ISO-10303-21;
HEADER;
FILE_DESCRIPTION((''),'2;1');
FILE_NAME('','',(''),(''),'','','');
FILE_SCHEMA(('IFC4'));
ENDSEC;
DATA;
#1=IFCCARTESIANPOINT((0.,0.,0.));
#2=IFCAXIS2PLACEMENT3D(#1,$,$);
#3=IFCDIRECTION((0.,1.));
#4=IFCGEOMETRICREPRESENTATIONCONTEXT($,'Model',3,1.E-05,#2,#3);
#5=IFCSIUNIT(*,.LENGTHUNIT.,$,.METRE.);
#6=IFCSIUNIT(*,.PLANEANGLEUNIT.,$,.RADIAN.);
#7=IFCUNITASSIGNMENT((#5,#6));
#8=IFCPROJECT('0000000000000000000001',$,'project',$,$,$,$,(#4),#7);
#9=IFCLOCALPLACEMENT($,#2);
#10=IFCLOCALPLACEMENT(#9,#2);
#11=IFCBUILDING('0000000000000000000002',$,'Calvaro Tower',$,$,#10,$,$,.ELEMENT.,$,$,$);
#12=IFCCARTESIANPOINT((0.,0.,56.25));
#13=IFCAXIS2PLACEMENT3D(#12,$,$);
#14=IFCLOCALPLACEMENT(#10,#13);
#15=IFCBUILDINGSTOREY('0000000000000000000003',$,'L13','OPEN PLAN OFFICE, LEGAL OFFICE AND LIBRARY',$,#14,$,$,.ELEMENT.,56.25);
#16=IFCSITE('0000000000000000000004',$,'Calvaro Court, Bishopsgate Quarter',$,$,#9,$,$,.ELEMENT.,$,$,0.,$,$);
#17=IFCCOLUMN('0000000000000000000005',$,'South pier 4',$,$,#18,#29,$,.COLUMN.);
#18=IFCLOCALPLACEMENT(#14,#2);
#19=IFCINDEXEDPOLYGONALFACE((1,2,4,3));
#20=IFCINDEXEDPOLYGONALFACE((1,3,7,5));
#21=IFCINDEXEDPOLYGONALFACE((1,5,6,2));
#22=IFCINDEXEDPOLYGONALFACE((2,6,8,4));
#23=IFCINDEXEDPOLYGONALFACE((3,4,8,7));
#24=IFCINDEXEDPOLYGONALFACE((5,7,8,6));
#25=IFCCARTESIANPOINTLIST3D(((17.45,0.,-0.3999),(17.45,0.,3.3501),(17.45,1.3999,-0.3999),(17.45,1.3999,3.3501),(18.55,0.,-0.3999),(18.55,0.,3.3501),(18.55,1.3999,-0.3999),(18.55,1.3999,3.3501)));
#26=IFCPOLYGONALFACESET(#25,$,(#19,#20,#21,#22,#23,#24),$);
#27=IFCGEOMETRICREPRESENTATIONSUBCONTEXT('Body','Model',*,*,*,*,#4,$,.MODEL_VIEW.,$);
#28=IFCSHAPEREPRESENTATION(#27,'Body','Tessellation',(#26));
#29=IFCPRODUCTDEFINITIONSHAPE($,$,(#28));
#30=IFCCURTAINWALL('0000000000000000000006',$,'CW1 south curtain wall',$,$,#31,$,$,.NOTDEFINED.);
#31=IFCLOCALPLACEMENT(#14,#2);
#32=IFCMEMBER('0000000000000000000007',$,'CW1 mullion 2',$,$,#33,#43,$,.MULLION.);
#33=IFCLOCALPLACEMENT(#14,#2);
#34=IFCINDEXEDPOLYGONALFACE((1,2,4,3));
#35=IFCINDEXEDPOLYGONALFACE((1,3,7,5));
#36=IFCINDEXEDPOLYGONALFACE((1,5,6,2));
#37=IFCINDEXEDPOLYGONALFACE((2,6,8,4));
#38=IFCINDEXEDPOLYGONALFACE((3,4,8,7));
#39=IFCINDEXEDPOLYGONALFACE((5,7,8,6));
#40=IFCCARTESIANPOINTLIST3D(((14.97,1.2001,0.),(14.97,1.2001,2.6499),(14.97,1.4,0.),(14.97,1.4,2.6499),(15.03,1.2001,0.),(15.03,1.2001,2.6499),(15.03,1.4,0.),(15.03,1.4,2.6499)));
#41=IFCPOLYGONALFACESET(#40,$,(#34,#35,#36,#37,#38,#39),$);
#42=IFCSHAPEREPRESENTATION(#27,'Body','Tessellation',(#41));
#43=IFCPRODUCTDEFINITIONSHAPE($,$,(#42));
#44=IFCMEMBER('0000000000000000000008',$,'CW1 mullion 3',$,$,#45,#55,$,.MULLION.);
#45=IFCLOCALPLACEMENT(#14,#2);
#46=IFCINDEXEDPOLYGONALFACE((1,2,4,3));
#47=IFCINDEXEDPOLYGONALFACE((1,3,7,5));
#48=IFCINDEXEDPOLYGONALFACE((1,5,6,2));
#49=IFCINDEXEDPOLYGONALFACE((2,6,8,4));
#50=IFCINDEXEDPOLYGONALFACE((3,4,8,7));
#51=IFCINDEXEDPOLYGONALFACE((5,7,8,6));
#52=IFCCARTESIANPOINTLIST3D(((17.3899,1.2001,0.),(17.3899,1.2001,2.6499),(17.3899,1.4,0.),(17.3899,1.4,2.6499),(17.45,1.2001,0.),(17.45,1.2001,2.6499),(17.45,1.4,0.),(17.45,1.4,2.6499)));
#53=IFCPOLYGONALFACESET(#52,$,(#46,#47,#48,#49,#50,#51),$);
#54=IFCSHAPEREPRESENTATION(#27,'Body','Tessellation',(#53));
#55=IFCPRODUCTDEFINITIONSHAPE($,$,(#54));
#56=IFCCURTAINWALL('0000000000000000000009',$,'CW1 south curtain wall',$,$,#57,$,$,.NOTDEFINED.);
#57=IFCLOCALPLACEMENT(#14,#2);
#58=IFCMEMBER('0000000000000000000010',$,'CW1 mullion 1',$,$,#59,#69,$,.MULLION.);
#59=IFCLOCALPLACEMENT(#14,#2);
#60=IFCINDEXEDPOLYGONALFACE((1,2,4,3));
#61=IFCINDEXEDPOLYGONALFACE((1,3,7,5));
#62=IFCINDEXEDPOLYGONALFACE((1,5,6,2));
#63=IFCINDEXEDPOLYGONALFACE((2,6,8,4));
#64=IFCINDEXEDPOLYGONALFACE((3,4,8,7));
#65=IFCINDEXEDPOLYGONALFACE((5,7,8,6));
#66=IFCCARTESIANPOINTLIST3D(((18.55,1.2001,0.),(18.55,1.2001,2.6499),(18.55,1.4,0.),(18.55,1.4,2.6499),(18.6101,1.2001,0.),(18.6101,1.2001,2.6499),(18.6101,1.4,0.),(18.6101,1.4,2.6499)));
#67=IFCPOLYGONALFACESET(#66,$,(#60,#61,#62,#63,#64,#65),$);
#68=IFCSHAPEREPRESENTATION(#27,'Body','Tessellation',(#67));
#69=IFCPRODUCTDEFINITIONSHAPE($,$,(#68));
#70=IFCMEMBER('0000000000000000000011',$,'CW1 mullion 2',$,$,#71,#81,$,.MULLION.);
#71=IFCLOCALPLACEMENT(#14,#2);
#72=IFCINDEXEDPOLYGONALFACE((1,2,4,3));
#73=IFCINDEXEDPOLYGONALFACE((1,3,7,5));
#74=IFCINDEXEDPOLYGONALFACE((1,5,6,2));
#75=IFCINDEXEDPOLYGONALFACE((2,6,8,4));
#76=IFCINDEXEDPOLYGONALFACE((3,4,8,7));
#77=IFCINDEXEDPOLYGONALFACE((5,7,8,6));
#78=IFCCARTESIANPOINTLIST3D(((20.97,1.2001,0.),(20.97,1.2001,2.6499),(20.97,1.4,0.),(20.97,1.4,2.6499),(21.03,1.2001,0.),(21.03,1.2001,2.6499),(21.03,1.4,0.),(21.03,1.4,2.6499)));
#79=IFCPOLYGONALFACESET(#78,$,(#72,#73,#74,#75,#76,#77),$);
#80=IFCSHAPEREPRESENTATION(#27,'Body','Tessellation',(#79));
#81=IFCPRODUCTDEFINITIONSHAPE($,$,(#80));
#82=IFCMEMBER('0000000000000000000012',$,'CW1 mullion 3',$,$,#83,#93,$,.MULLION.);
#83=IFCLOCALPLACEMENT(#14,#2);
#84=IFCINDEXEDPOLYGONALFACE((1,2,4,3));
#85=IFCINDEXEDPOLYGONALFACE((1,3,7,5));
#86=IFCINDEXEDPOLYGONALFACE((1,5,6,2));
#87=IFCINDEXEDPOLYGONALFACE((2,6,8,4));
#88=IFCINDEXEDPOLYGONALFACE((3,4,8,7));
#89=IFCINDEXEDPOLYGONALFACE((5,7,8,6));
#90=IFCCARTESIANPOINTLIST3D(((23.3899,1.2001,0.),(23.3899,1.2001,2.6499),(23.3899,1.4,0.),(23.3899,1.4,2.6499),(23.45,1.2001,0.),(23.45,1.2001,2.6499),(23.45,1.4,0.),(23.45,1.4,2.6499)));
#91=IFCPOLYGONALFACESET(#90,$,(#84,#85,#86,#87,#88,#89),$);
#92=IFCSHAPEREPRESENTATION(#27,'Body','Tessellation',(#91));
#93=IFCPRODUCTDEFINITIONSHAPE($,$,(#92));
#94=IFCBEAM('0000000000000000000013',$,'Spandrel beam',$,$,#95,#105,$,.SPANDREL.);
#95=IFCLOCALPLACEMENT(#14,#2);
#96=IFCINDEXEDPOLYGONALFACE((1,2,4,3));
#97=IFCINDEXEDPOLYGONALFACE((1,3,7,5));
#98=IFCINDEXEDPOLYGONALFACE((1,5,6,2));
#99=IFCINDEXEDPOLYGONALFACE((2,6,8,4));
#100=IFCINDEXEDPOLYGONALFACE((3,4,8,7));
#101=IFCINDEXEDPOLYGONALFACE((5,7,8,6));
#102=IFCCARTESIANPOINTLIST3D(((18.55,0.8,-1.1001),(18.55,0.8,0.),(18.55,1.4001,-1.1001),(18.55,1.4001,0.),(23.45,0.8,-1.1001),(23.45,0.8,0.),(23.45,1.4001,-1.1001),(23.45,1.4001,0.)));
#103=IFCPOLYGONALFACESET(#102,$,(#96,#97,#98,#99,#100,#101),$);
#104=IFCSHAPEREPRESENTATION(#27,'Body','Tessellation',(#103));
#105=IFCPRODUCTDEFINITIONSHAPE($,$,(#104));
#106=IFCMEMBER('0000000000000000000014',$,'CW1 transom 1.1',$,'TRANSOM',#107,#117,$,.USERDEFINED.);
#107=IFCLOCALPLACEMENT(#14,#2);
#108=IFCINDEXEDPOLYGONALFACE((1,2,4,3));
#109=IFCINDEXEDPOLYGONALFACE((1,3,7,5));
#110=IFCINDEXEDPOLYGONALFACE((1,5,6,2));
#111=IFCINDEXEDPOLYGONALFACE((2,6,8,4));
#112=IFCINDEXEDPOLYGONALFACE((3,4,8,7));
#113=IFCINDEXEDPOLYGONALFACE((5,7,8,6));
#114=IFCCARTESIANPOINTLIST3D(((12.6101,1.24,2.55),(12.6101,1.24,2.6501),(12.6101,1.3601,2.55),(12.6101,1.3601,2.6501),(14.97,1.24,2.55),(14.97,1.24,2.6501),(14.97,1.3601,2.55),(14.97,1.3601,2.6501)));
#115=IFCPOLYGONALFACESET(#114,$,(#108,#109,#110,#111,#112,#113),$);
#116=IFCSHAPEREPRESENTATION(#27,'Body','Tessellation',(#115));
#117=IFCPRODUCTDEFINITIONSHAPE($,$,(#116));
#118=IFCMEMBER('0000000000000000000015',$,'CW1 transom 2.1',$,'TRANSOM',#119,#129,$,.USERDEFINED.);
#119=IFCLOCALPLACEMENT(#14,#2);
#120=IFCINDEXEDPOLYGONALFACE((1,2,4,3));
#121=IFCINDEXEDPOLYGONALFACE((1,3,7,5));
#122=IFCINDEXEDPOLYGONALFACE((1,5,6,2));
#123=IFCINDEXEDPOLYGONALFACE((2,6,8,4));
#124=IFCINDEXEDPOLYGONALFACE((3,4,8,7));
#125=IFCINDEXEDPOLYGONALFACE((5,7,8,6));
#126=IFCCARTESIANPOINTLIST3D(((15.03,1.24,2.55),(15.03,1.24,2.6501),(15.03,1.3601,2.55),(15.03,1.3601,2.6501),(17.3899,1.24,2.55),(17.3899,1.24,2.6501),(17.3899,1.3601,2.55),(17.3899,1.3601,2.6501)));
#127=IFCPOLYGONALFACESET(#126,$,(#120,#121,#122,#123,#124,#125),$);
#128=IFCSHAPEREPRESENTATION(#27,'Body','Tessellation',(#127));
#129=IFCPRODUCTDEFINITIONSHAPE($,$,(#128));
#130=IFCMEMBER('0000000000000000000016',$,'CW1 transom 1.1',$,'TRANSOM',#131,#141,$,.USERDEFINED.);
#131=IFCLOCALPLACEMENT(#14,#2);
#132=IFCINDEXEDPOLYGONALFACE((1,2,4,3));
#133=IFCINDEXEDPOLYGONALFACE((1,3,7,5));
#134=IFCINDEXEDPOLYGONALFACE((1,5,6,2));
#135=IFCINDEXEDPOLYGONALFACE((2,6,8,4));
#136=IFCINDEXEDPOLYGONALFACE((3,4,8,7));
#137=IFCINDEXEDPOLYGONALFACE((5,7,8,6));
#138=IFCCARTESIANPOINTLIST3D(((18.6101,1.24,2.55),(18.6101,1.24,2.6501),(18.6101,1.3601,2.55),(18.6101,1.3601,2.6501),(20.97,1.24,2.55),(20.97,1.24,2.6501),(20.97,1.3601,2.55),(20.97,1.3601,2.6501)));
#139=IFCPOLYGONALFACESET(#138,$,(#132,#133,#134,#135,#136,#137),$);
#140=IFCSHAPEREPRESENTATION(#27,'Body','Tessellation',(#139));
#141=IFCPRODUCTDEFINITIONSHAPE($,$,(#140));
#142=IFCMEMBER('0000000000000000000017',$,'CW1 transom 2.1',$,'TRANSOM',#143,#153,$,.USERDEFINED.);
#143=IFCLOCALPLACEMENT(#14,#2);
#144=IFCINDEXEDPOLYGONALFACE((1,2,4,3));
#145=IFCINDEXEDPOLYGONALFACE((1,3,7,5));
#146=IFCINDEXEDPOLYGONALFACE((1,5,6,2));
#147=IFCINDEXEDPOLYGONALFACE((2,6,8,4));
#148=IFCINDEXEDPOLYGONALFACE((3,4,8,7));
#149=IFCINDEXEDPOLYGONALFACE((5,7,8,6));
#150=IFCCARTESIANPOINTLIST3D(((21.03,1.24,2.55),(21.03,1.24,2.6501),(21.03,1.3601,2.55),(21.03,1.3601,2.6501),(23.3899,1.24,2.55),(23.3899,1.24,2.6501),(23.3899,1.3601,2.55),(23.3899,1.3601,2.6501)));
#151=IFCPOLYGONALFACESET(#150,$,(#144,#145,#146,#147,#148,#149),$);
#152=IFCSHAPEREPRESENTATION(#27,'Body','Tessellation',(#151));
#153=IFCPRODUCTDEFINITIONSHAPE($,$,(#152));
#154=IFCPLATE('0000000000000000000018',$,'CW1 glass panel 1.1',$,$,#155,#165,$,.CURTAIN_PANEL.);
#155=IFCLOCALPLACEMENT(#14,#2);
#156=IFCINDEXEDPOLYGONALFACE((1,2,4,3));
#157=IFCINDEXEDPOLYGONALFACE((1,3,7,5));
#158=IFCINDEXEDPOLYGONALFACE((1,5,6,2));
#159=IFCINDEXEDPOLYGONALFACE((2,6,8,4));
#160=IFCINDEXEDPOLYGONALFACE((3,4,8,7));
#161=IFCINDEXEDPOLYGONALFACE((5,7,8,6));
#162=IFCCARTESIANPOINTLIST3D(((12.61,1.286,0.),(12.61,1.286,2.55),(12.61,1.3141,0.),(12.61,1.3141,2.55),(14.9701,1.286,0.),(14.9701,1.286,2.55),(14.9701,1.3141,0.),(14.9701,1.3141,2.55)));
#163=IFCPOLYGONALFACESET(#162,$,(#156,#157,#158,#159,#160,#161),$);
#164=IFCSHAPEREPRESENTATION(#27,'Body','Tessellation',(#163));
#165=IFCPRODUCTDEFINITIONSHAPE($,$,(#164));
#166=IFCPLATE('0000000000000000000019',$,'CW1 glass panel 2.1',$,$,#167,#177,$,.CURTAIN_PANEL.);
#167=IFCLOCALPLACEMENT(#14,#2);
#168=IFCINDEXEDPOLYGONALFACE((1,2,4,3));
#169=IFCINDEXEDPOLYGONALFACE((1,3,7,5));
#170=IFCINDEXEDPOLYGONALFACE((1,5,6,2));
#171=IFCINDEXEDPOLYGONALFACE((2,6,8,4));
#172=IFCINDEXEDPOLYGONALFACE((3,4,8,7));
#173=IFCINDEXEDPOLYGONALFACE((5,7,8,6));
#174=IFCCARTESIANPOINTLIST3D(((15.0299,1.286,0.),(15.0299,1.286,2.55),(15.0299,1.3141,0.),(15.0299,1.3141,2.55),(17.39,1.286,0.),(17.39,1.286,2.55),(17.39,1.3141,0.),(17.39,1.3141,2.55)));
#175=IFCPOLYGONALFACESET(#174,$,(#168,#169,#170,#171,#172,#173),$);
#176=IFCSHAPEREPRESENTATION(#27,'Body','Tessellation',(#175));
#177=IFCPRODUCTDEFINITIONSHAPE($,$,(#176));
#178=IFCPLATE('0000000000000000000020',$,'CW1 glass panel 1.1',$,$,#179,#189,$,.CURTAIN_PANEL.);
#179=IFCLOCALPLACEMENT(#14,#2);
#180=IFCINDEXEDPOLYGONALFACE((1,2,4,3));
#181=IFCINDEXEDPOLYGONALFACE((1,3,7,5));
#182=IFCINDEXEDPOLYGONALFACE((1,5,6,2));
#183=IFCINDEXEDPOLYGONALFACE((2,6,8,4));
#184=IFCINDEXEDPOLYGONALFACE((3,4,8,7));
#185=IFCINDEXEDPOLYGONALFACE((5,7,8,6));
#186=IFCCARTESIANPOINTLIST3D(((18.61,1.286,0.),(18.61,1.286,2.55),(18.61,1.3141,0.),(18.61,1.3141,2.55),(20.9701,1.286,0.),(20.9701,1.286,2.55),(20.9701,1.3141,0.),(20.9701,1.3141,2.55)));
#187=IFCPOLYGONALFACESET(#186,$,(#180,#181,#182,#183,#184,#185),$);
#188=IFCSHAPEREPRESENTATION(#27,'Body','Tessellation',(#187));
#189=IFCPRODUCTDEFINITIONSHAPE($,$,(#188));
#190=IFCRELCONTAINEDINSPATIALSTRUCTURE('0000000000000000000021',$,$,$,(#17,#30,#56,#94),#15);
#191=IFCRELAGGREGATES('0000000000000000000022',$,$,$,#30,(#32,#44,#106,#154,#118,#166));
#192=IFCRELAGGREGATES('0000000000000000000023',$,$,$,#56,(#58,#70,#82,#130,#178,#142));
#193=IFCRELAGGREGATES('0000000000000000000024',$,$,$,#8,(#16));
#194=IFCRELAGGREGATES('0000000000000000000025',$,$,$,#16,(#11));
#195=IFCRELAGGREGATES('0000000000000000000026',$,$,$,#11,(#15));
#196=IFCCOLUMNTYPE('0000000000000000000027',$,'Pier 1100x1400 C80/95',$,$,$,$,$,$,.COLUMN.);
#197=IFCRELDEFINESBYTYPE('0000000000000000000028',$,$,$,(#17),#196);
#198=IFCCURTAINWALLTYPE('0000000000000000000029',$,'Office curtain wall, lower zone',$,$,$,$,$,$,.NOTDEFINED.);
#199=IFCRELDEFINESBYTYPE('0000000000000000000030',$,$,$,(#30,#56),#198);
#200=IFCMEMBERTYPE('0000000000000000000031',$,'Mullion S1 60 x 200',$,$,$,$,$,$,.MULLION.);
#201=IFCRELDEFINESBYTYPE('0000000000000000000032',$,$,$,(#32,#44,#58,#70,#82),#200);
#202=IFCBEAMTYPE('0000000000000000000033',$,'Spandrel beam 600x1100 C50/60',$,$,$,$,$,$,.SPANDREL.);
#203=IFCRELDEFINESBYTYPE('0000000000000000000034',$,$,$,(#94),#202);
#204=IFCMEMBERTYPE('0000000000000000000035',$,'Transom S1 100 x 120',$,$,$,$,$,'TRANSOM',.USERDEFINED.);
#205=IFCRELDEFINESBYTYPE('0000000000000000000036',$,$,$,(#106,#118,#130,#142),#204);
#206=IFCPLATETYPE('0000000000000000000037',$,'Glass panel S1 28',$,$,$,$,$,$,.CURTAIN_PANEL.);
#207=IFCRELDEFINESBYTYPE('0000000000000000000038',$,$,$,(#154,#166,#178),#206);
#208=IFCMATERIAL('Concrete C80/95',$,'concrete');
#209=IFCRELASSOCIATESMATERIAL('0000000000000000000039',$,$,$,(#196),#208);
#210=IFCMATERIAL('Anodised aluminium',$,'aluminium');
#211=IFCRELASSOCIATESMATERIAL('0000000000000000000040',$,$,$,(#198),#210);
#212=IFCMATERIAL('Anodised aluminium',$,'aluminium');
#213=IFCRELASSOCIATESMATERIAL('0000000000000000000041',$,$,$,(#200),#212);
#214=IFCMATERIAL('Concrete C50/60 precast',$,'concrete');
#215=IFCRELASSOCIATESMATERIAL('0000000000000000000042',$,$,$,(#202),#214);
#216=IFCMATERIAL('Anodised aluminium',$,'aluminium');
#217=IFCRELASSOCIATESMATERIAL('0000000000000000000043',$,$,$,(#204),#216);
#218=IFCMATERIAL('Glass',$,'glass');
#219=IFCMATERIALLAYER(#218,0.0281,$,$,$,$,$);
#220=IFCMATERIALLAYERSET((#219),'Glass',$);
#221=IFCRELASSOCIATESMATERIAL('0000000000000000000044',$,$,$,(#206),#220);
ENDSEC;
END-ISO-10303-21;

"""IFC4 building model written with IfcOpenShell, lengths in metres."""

from ifc_helpers import new_model, si_unit, direction, frame, origin, origin_2d, place, context, subcontext, project, spatial, rectangle, extrude, material, layer, layer_set, material_profile, profile_set, type_object, element, aggregate, save


model = new_model("IFC4")

# Units and contexts
model_context = context("Model", 3, precision=1e-05, world=origin(), true_north=direction((0.0, 1.0)))
body_context = subcontext(model_context, "Body", "Model", "MODEL_VIEW")
ifc_project = project(units=[si_unit("LENGTHUNIT", "METRE"), si_unit("PLANEANGLEUNIT", "RADIAN")], contexts=[model_context])

# Site, building, storey
site_placement = place(None, origin())
site = spatial("IfcSite", under=ifc_project, at=site_placement, Name="Calvaro Court, Bishopsgate Quarter", CompositionType="ELEMENT", RefElevation=0.0)
building_placement = place(site_placement, origin())
building = spatial("IfcBuilding", under=site, at=building_placement, Name="Calvaro Tower", CompositionType="ELEMENT")
storey_placement = place(building_placement, frame((0.0, 0.0, 56.25)))
storey = spatial("IfcBuildingStorey", under=building, at=storey_placement, Name="L13", Description="OPEN PLAN OFFICE, LEGAL OFFICE AND LIBRARY", CompositionType="ELEMENT", Elevation=56.25)

# Column
ifc_material_1 = material(Name="Concrete C80/95", Category="concrete")
ifc_material_profile_1 = material_profile(ifc_material_1, rectangle(XDim=1.1001, YDim=1.3999, at=origin_2d()), Name="RC 1100x1400")
ifc_profile_set_1 = profile_set([ifc_material_profile_1], Name="Concrete C80/95")
column_type = type_object("IfcColumnType", Name="Pier 1100x1400 C80/95", PredefinedType="COLUMN", material=ifc_profile_set_1)
column_placement = place(storey_placement, frame((18.0, 0.7, -0.3999), z_axis=(0.0, 0.0, 1.0), x_axis=(1.0, 0.0, 0.0)))
element("IfcColumn", 1, at=column_placement, inside=storey, type_object=column_type, Name="South pier 4", PredefinedType="COLUMN", context=body_context, shape_type="SweptSolid", body=[
    extrude(rectangle(XDim=1.1001, YDim=1.3999, at=origin_2d()), origin(), (0.0, 0.0, 1.0), 3.75),
])

# Curtain walls, members
ifc_material_2 = material(Name="Anodised aluminium", Category="aluminium")
curtain_wall_type = type_object("IfcCurtainWallType", Name="Office curtain wall, lower zone", PredefinedType="NOTDEFINED", material=ifc_material_2)
curtain_wall_1_placement = place(storey_placement, origin())
curtain_wall_1 = element("IfcCurtainWall", 2, at=curtain_wall_1_placement, inside=storey, type_object=curtain_wall_type, Name="CW1 south curtain wall", PredefinedType="NOTDEFINED")
ifc_material_3 = material(Name="Anodised aluminium", Category="aluminium")
ifc_material_profile_2 = material_profile(ifc_material_3, rectangle(XDim=0.2, YDim=0.0601, at=origin_2d()), Name="Mullion S1 60 x 200")
ifc_profile_set_2 = profile_set([ifc_material_profile_2], Name="Anodised aluminium")
member_type_1 = type_object("IfcMemberType", Name="Mullion S1 60 x 200", PredefinedType="MULLION", material=ifc_profile_set_2)
member_1_placement = place(storey_placement, frame((15.0, 1.3, 0.0), z_axis=(0.0, 0.0, 1.0), x_axis=(0.0, 1.0, 0.0)))
member_1 = element("IfcMember", 3, at=member_1_placement, type_object=member_type_1, Name="CW1 mullion 2", PredefinedType="MULLION", context=body_context, shape_type="SweptSolid", body=[
    extrude(rectangle(XDim=0.2, YDim=0.0601, at=origin_2d()), origin(), (0.0, 0.0, 1.0), 2.6499),
])
member_2_placement = place(storey_placement, frame((17.4199, 1.3, 0.0), z_axis=(0.0, 0.0, 1.0), x_axis=(0.0, 1.0, 0.0)))
member_2 = element("IfcMember", 4, at=member_2_placement, type_object=member_type_1, Name="CW1 mullion 3", PredefinedType="MULLION", context=body_context, shape_type="SweptSolid", body=[
    extrude(rectangle(XDim=0.2, YDim=0.0601, at=origin_2d()), origin(), (0.0, 0.0, 1.0), 2.6499),
])
curtain_wall_2_placement = place(storey_placement, origin())
curtain_wall_2 = element("IfcCurtainWall", 5, at=curtain_wall_2_placement, inside=storey, type_object=curtain_wall_type, Name="CW1 south curtain wall", PredefinedType="NOTDEFINED")
member_3_placement = place(storey_placement, frame((18.5801, 1.3, 0.0), z_axis=(0.0, 0.0, 1.0), x_axis=(0.0, 1.0, 0.0)))
member_3 = element("IfcMember", 6, at=member_3_placement, type_object=member_type_1, Name="CW1 mullion 1", PredefinedType="MULLION", context=body_context, shape_type="SweptSolid", body=[
    extrude(rectangle(XDim=0.2, YDim=0.0601, at=origin_2d()), origin(), (0.0, 0.0, 1.0), 2.6499),
])
member_4_placement = place(storey_placement, frame((21.0, 1.3, 0.0), z_axis=(0.0, 0.0, 1.0), x_axis=(0.0, 1.0, 0.0)))
member_4 = element("IfcMember", 7, at=member_4_placement, type_object=member_type_1, Name="CW1 mullion 2", PredefinedType="MULLION", context=body_context, shape_type="SweptSolid", body=[
    extrude(rectangle(XDim=0.2, YDim=0.0601, at=origin_2d()), origin(), (0.0, 0.0, 1.0), 2.6499),
])
member_5_placement = place(storey_placement, frame((23.4199, 1.3, 0.0), z_axis=(0.0, 0.0, 1.0), x_axis=(0.0, 1.0, 0.0)))
member_5 = element("IfcMember", 8, at=member_5_placement, type_object=member_type_1, Name="CW1 mullion 3", PredefinedType="MULLION", context=body_context, shape_type="SweptSolid", body=[
    extrude(rectangle(XDim=0.2, YDim=0.0601, at=origin_2d()), origin(), (0.0, 0.0, 1.0), 2.6499),
])

# Beam
ifc_material_4 = material(Name="Concrete C50/60 precast", Category="concrete")
ifc_material_profile_3 = material_profile(ifc_material_4, rectangle(XDim=0.6001, YDim=1.1001, at=origin_2d()), Name="RC 600x1100")
ifc_profile_set_3 = profile_set([ifc_material_profile_3], Name="Concrete C50/60 precast")
beam_type = type_object("IfcBeamType", Name="Spandrel beam 600x1100 C50/60", PredefinedType="SPANDREL", material=ifc_profile_set_3)
beam_placement = place(storey_placement, frame((18.55, 1.1001, -0.55), z_axis=(1.0, 0.0, 0.0), x_axis=(0.0, 1.0, 0.0)))
element("IfcBeam", 9, at=beam_placement, inside=storey, type_object=beam_type, Name="Spandrel beam", PredefinedType="SPANDREL", context=body_context, shape_type="SweptSolid", body=[
    extrude(rectangle(XDim=0.6001, YDim=1.1001, at=origin_2d()), origin(), (0.0, 0.0, 1.0), 4.8999),
])

# Members
ifc_material_5 = material(Name="Anodised aluminium", Category="aluminium")
ifc_material_profile_4 = material_profile(ifc_material_5, rectangle(XDim=0.1201, YDim=0.1001, at=origin_2d()), Name="Transom S1 100 x 120")
ifc_profile_set_4 = profile_set([ifc_material_profile_4], Name="Anodised aluminium")
member_type_2 = type_object("IfcMemberType", Name="Transom S1 100 x 120", ElementType="TRANSOM", PredefinedType="USERDEFINED", material=ifc_profile_set_4)
member_6_placement = place(storey_placement, frame((12.6101, 1.3, 2.6001), z_axis=(1.0, 0.0, 0.0), x_axis=(0.0, 1.0, 0.0)))
member_6 = element("IfcMember", 10, at=member_6_placement, type_object=member_type_2, Name="CW1 transom 1.1", ObjectType="TRANSOM", PredefinedType="USERDEFINED", context=body_context, shape_type="SweptSolid", body=[
    extrude(rectangle(XDim=0.1201, YDim=0.1001, at=origin_2d()), origin(), (0.0, 0.0, 1.0), 2.3599),
])
member_7_placement = place(storey_placement, frame((15.03, 1.3, 2.6001), z_axis=(1.0, 0.0, 0.0), x_axis=(0.0, 1.0, 0.0)))
member_7 = element("IfcMember", 11, at=member_7_placement, type_object=member_type_2, Name="CW1 transom 2.1", ObjectType="TRANSOM", PredefinedType="USERDEFINED", context=body_context, shape_type="SweptSolid", body=[
    extrude(rectangle(XDim=0.1201, YDim=0.1001, at=origin_2d()), origin(), (0.0, 0.0, 1.0), 2.3599),
])
member_8_placement = place(storey_placement, frame((18.6101, 1.3, 2.6001), z_axis=(1.0, 0.0, 0.0), x_axis=(0.0, 1.0, 0.0)))
member_8 = element("IfcMember", 12, at=member_8_placement, type_object=member_type_2, Name="CW1 transom 1.1", ObjectType="TRANSOM", PredefinedType="USERDEFINED", context=body_context, shape_type="SweptSolid", body=[
    extrude(rectangle(XDim=0.1201, YDim=0.1001, at=origin_2d()), origin(), (0.0, 0.0, 1.0), 2.3599),
])
member_9_placement = place(storey_placement, frame((21.03, 1.3, 2.6001), z_axis=(1.0, 0.0, 0.0), x_axis=(0.0, 1.0, 0.0)))
member_9 = element("IfcMember", 13, at=member_9_placement, type_object=member_type_2, Name="CW1 transom 2.1", ObjectType="TRANSOM", PredefinedType="USERDEFINED", context=body_context, shape_type="SweptSolid", body=[
    extrude(rectangle(XDim=0.1201, YDim=0.1001, at=origin_2d()), origin(), (0.0, 0.0, 1.0), 2.3599),
])

# Plates
ifc_material_6 = material(Name="Glass", Category="glass")
ifc_layer = layer(ifc_material_6, 0.0281)
ifc_layer_set = layer_set([ifc_layer], Name="Glass")
plate_type = type_object("IfcPlateType", Name="Glass panel S1 28", PredefinedType="CURTAIN_PANEL", material=ifc_layer_set)
plate_1_placement = place(storey_placement, frame((13.79, 1.3, 0.0), z_axis=(0.0, 0.0, 1.0), x_axis=(1.0, 0.0, 0.0)))
plate_1 = element("IfcPlate", 14, at=plate_1_placement, type_object=plate_type, Name="CW1 glass panel 1.1", PredefinedType="CURTAIN_PANEL", context=body_context, shape_type="SweptSolid", body=[
    extrude(rectangle(XDim=2.3601, YDim=0.0281, at=origin_2d()), origin(), (0.0, 0.0, 1.0), 2.55),
])
plate_2_placement = place(storey_placement, frame((16.21, 1.3, 0.0), z_axis=(0.0, 0.0, 1.0), x_axis=(1.0, 0.0, 0.0)))
plate_2 = element("IfcPlate", 15, at=plate_2_placement, type_object=plate_type, Name="CW1 glass panel 2.1", PredefinedType="CURTAIN_PANEL", context=body_context, shape_type="SweptSolid", body=[
    extrude(rectangle(XDim=2.3601, YDim=0.0281, at=origin_2d()), origin(), (0.0, 0.0, 1.0), 2.55),
])
aggregate(curtain_wall_1, [member_1, member_2, member_6, plate_1, member_7, plate_2])
plate_3_placement = place(storey_placement, frame((19.79, 1.3, 0.0), z_axis=(0.0, 0.0, 1.0), x_axis=(1.0, 0.0, 0.0)))
plate_3 = element("IfcPlate", 16, at=plate_3_placement, type_object=plate_type, Name="CW1 glass panel 1.1", PredefinedType="CURTAIN_PANEL", context=body_context, shape_type="SweptSolid", body=[
    extrude(rectangle(XDim=2.3601, YDim=0.0281, at=origin_2d()), origin(), (0.0, 0.0, 1.0), 2.55),
])
aggregate(curtain_wall_2, [member_3, member_4, member_5, member_8, plate_3, member_9])

save(model, "model.ifc")
